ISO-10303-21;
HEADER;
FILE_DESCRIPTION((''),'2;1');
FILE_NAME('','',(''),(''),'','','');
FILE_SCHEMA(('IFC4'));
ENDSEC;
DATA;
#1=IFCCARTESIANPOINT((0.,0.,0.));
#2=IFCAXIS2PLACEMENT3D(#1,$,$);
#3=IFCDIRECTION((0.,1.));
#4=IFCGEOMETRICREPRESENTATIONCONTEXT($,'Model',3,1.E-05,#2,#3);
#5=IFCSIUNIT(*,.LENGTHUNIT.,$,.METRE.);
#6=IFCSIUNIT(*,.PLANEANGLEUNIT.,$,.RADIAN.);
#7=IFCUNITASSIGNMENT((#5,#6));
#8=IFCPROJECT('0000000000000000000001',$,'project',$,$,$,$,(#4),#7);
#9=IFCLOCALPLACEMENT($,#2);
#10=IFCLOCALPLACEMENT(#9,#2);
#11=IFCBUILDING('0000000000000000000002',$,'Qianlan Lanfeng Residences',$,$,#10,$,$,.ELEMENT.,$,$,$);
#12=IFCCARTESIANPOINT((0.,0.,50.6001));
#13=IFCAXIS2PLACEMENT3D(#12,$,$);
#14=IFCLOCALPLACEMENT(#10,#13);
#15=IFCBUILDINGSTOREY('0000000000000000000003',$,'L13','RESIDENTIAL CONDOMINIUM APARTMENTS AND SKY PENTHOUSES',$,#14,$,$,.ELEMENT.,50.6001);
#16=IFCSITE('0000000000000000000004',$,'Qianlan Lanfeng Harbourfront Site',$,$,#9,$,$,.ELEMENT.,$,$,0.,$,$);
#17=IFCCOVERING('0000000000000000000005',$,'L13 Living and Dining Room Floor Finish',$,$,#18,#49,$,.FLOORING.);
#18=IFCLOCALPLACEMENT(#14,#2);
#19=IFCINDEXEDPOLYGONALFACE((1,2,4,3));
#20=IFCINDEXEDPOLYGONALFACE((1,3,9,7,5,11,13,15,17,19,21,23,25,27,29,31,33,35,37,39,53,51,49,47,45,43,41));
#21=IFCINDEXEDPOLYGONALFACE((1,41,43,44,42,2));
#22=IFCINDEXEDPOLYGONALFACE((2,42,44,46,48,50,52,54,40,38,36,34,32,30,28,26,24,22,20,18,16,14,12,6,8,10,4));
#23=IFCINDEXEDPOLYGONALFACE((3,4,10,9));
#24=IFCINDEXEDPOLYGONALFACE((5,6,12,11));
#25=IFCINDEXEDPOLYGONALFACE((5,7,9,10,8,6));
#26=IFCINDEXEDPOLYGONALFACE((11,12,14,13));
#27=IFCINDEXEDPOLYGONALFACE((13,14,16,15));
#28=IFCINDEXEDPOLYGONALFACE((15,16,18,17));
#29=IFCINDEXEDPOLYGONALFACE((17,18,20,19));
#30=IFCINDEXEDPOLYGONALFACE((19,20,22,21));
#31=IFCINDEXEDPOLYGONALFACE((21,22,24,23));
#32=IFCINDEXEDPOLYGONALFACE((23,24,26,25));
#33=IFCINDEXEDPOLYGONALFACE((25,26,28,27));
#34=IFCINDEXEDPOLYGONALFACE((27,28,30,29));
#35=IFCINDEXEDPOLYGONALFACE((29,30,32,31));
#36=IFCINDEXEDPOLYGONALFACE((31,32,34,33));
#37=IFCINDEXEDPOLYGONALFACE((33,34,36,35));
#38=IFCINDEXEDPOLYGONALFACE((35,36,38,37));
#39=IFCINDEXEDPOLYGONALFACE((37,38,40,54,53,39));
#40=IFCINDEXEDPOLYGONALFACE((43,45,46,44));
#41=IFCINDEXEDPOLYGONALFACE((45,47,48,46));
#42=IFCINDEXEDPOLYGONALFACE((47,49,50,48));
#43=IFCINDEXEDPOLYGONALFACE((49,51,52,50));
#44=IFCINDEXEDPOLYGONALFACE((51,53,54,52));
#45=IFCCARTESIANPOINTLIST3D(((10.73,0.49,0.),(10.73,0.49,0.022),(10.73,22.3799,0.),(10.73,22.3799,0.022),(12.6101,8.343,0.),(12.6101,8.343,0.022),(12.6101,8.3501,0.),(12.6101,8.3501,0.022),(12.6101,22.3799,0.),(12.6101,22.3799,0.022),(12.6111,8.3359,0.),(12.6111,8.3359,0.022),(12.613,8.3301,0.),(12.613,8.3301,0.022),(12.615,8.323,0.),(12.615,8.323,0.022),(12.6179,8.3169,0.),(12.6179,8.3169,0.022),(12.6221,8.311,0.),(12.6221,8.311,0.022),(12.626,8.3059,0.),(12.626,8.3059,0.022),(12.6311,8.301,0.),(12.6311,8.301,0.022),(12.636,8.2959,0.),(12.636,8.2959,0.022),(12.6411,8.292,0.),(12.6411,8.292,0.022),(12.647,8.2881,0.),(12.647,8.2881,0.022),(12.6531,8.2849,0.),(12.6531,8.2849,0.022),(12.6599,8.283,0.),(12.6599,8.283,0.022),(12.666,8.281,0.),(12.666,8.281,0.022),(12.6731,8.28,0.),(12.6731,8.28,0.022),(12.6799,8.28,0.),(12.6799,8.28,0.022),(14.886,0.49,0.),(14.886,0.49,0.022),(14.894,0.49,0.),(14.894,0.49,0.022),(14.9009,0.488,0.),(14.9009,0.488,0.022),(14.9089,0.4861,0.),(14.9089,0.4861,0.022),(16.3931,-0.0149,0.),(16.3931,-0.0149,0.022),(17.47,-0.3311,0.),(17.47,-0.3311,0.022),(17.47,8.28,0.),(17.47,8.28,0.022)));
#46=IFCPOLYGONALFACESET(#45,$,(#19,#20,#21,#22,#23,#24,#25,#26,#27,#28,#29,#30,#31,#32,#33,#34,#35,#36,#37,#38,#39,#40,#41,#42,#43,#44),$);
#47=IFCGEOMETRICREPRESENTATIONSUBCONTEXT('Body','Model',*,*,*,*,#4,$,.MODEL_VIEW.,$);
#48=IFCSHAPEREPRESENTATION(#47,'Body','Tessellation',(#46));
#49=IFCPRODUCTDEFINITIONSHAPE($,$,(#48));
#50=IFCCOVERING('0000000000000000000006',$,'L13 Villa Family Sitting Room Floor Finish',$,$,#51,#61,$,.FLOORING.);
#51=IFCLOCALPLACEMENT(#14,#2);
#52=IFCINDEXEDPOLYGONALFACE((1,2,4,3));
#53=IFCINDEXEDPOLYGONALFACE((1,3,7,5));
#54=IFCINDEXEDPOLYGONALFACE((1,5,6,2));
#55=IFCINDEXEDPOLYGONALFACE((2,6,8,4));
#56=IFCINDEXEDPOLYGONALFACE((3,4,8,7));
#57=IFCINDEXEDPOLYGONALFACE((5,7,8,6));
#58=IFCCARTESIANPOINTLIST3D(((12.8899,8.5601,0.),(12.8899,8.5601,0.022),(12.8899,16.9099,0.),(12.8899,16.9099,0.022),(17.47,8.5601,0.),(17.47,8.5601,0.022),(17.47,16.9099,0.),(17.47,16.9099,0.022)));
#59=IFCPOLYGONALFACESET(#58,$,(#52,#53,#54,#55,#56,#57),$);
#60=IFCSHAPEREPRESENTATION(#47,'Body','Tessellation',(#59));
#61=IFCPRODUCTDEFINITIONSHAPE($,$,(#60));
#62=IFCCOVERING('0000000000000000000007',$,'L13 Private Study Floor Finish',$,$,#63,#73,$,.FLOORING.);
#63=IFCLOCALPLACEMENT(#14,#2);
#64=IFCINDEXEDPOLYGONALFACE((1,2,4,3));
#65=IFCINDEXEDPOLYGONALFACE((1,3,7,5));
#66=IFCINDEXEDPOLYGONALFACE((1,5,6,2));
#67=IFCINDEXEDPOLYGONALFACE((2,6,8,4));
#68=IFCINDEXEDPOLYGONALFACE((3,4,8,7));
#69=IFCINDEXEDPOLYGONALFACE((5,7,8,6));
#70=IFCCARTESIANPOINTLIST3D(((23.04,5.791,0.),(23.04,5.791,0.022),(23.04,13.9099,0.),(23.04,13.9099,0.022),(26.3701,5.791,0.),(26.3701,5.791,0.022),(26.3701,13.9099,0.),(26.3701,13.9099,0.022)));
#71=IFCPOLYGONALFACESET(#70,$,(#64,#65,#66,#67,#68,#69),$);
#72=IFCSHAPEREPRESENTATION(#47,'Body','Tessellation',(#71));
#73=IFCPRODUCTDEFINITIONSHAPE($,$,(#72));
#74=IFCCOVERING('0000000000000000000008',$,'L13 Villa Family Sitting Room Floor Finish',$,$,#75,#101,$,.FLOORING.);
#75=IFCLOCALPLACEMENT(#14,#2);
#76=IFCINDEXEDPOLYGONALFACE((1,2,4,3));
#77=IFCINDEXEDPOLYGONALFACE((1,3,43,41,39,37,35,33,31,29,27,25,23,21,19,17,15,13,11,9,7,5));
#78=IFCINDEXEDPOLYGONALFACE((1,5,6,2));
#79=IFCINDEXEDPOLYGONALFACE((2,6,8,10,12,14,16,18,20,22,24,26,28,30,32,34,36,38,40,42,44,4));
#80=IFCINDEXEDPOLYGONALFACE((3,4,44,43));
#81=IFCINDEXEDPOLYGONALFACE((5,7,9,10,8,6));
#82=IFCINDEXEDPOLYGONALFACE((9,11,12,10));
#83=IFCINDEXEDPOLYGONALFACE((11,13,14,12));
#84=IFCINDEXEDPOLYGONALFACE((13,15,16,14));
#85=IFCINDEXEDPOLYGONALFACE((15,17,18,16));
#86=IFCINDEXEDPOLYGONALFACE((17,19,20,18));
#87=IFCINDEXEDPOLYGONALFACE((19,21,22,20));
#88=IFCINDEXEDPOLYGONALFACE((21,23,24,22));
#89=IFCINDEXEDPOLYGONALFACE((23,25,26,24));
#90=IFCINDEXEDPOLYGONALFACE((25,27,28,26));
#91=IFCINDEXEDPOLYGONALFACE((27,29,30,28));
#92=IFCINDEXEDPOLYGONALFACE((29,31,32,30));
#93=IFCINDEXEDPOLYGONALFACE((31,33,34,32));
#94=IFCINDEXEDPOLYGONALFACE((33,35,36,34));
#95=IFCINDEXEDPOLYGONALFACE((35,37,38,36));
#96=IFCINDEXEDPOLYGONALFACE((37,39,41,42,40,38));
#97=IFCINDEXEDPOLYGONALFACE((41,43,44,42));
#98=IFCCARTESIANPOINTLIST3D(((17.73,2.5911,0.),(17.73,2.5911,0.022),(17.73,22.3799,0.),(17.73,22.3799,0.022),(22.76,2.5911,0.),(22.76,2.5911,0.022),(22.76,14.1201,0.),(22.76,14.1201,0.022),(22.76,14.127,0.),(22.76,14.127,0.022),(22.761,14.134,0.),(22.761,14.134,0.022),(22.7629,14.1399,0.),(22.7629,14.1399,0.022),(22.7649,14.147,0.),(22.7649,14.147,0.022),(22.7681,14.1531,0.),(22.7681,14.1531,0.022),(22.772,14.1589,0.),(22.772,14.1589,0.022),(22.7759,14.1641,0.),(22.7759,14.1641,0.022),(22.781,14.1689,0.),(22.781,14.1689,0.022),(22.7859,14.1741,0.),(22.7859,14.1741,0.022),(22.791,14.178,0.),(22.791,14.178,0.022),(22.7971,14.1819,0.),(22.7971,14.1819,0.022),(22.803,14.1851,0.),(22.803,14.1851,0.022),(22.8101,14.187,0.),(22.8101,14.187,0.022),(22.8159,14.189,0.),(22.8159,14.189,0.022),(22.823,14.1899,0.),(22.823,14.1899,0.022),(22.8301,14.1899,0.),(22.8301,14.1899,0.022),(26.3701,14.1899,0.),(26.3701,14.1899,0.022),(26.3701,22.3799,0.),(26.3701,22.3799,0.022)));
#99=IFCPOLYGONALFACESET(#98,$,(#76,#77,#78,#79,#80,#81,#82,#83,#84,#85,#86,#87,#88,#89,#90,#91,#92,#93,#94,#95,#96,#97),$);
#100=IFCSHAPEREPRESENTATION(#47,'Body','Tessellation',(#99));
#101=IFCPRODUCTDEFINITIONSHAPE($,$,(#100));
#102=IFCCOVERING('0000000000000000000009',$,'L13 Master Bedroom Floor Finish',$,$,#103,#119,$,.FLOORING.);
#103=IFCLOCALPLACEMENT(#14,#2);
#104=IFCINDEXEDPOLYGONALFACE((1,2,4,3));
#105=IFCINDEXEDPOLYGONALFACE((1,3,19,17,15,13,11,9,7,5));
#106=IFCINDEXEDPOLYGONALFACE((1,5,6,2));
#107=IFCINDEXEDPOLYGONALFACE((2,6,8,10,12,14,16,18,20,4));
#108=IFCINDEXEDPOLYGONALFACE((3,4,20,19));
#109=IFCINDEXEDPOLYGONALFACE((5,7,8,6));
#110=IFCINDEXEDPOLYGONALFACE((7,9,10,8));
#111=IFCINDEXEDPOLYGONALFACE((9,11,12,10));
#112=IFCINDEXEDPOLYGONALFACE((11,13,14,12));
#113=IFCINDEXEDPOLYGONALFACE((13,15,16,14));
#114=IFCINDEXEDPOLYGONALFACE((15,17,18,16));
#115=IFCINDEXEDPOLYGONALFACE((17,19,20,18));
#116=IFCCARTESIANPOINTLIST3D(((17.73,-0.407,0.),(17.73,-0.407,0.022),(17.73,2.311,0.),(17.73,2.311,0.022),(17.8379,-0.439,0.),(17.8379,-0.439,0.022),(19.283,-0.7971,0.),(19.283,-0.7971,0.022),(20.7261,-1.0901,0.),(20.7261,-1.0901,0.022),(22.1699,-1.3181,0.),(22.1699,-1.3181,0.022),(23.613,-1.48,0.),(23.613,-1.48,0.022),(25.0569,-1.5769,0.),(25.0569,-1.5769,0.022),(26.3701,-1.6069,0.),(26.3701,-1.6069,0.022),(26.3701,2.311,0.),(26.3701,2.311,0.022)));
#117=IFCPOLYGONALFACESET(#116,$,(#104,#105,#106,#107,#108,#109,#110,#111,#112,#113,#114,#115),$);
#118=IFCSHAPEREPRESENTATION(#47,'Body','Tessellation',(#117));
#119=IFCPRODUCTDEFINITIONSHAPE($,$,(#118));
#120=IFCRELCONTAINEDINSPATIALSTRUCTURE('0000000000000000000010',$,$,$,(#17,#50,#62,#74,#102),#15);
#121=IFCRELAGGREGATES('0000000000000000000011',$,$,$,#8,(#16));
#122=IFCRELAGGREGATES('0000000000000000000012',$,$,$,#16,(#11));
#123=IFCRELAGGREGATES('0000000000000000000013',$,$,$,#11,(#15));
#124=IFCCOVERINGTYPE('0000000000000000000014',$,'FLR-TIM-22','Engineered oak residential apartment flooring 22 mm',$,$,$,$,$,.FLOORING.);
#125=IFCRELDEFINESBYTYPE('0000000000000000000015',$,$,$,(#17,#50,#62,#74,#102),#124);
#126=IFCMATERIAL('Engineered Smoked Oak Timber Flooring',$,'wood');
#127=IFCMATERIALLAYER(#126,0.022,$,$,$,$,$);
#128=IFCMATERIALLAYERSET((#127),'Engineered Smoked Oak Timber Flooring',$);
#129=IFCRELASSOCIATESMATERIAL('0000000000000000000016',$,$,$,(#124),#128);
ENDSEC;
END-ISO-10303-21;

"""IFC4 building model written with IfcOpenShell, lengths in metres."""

from ifc_helpers import new_model, si_unit, direction, frame, origin, place, context, subcontext, project, spatial, polyline, outline, extrude, material, layer, layer_set, type_object, element, save


model = new_model("IFC4")

# Units and contexts
model_context = context("Model", 3, precision=1e-05, world=origin(), true_north=direction((0.0, 1.0)))
body_context = subcontext(model_context, "Body", "Model", "MODEL_VIEW")
ifc_project = project(units=[si_unit("LENGTHUNIT", "METRE"), si_unit("PLANEANGLEUNIT", "RADIAN")], contexts=[model_context])

# Site, building, storey
site_placement = place(None, origin())
site = spatial("IfcSite", under=ifc_project, at=site_placement, Name="Qianlan Lanfeng Harbourfront Site", CompositionType="ELEMENT", RefElevation=0.0)
building_placement = place(site_placement, origin())
building = spatial("IfcBuilding", under=site, at=building_placement, Name="Qianlan Lanfeng Residences", CompositionType="ELEMENT")
storey_placement = place(building_placement, frame((0.0, 0.0, 50.6001)))
storey = spatial("IfcBuildingStorey", under=building, at=storey_placement, Name="L13", Description="RESIDENTIAL CONDOMINIUM APARTMENTS AND SKY PENTHOUSES", CompositionType="ELEMENT", Elevation=50.6001)

# Coverings
ifc_material_1 = material(Name="Engineered Smoked Oak Timber Flooring", Category="wood")
ifc_layer_1 = layer(ifc_material_1, 0.022)
ifc_layer_set_1 = layer_set([ifc_layer_1], Name="Engineered Smoked Oak Timber Flooring")
covering_type_1 = type_object("IfcCoveringType", Name="FLR-TIM-22", Description="Engineered oak residential apartment flooring 22 mm", PredefinedType="FLOORING", material=ifc_layer_set_1)
covering_1_placement = place(storey_placement, origin())
element("IfcCovering", 1, at=covering_1_placement, inside=storey, type_object=covering_type_1, Name="L13 Living and Dining Room Floor Finish", PredefinedType="FLOORING", context=body_context, shape_type="SweptSolid", body=[
    extrude(outline(polyline([(17.47, -0.3311), (17.47, 8.28), (12.6799, 8.28), (12.6731, 8.28), (12.666, 8.281), (12.6599, 8.283), (12.6531, 8.2849), (12.647, 8.2881), (12.6411, 8.292), (12.636, 8.2959), (12.6311, 8.301), (12.626, 8.3059), (12.6221, 8.311), (12.6179, 8.3169), (12.615, 8.323), (12.613, 8.3301), (12.6111, 8.3359), (12.6101, 8.343), (12.6101, 8.3501), (12.6101, 22.3799), (10.73, 22.3799), (10.73, 0.49), (14.886, 0.49), (14.894, 0.49), (14.9009, 0.488), (14.9089, 0.4861), (16.3931, -0.0149), (17.47, -0.3311)])), origin(), (0.0, 0.0, 1.0), 0.022),
])
covering_2_placement = place(storey_placement, origin())
element("IfcCovering", 2, at=covering_2_placement, inside=storey, type_object=covering_type_1, Name="L13 Villa Family Sitting Room Floor Finish", PredefinedType="FLOORING", context=body_context, shape_type="SweptSolid", body=[
    extrude(outline(polyline([(12.8899, 16.9099), (12.8899, 8.5601), (17.47, 8.5601), (17.47, 16.9099), (12.8899, 16.9099)])), origin(), (0.0, 0.0, 1.0), 0.022),
])
covering_3_placement = place(storey_placement, origin())
element("IfcCovering", 3, at=covering_3_placement, inside=storey, type_object=covering_type_1, Name="L13 Private Study Floor Finish", PredefinedType="FLOORING", context=body_context, shape_type="SweptSolid", body=[
    extrude(outline(polyline([(23.04, 5.791), (26.3701, 5.791), (26.3701, 13.9099), (23.04, 13.9099), (23.04, 5.791)])), origin(), (0.0, 0.0, 1.0), 0.022),
])
covering_4_placement = place(storey_placement, origin())
element("IfcCovering", 4, at=covering_4_placement, inside=storey, type_object=covering_type_1, Name="L13 Villa Family Sitting Room Floor Finish", PredefinedType="FLOORING", context=body_context, shape_type="SweptSolid", body=[
    extrude(outline(polyline([(17.73, 2.5911), (22.76, 2.5911), (22.76, 14.1201), (22.76, 14.127), (22.761, 14.134), (22.7629, 14.1399), (22.7649, 14.147), (22.7681, 14.1531), (22.772, 14.1589), (22.7759, 14.1641), (22.781, 14.1689), (22.7859, 14.1741), (22.791, 14.178), (22.7971, 14.1819), (22.803, 14.1851), (22.8101, 14.187), (22.8159, 14.189), (22.823, 14.1899), (22.8301, 14.1899), (26.3701, 14.1899), (26.3701, 22.3799), (17.73, 22.3799), (17.73, 2.5911)])), origin(), (0.0, 0.0, 1.0), 0.022),
])
covering_5_placement = place(storey_placement, origin())
element("IfcCovering", 5, at=covering_5_placement, inside=storey, type_object=covering_type_1, Name="L13 Master Bedroom Floor Finish", PredefinedType="FLOORING", context=body_context, shape_type="SweptSolid", body=[
    extrude(outline(polyline([(17.73, 2.311), (17.73, -0.407), (17.8379, -0.439), (19.283, -0.7971), (20.7261, -1.0901), (22.1699, -1.3181), (23.613, -1.48), (25.0569, -1.5769), (26.3701, -1.6069), (26.3701, 2.311), (17.73, 2.311)])), origin(), (0.0, 0.0, 1.0), 0.022),
])

save(model, "model.ifc")
